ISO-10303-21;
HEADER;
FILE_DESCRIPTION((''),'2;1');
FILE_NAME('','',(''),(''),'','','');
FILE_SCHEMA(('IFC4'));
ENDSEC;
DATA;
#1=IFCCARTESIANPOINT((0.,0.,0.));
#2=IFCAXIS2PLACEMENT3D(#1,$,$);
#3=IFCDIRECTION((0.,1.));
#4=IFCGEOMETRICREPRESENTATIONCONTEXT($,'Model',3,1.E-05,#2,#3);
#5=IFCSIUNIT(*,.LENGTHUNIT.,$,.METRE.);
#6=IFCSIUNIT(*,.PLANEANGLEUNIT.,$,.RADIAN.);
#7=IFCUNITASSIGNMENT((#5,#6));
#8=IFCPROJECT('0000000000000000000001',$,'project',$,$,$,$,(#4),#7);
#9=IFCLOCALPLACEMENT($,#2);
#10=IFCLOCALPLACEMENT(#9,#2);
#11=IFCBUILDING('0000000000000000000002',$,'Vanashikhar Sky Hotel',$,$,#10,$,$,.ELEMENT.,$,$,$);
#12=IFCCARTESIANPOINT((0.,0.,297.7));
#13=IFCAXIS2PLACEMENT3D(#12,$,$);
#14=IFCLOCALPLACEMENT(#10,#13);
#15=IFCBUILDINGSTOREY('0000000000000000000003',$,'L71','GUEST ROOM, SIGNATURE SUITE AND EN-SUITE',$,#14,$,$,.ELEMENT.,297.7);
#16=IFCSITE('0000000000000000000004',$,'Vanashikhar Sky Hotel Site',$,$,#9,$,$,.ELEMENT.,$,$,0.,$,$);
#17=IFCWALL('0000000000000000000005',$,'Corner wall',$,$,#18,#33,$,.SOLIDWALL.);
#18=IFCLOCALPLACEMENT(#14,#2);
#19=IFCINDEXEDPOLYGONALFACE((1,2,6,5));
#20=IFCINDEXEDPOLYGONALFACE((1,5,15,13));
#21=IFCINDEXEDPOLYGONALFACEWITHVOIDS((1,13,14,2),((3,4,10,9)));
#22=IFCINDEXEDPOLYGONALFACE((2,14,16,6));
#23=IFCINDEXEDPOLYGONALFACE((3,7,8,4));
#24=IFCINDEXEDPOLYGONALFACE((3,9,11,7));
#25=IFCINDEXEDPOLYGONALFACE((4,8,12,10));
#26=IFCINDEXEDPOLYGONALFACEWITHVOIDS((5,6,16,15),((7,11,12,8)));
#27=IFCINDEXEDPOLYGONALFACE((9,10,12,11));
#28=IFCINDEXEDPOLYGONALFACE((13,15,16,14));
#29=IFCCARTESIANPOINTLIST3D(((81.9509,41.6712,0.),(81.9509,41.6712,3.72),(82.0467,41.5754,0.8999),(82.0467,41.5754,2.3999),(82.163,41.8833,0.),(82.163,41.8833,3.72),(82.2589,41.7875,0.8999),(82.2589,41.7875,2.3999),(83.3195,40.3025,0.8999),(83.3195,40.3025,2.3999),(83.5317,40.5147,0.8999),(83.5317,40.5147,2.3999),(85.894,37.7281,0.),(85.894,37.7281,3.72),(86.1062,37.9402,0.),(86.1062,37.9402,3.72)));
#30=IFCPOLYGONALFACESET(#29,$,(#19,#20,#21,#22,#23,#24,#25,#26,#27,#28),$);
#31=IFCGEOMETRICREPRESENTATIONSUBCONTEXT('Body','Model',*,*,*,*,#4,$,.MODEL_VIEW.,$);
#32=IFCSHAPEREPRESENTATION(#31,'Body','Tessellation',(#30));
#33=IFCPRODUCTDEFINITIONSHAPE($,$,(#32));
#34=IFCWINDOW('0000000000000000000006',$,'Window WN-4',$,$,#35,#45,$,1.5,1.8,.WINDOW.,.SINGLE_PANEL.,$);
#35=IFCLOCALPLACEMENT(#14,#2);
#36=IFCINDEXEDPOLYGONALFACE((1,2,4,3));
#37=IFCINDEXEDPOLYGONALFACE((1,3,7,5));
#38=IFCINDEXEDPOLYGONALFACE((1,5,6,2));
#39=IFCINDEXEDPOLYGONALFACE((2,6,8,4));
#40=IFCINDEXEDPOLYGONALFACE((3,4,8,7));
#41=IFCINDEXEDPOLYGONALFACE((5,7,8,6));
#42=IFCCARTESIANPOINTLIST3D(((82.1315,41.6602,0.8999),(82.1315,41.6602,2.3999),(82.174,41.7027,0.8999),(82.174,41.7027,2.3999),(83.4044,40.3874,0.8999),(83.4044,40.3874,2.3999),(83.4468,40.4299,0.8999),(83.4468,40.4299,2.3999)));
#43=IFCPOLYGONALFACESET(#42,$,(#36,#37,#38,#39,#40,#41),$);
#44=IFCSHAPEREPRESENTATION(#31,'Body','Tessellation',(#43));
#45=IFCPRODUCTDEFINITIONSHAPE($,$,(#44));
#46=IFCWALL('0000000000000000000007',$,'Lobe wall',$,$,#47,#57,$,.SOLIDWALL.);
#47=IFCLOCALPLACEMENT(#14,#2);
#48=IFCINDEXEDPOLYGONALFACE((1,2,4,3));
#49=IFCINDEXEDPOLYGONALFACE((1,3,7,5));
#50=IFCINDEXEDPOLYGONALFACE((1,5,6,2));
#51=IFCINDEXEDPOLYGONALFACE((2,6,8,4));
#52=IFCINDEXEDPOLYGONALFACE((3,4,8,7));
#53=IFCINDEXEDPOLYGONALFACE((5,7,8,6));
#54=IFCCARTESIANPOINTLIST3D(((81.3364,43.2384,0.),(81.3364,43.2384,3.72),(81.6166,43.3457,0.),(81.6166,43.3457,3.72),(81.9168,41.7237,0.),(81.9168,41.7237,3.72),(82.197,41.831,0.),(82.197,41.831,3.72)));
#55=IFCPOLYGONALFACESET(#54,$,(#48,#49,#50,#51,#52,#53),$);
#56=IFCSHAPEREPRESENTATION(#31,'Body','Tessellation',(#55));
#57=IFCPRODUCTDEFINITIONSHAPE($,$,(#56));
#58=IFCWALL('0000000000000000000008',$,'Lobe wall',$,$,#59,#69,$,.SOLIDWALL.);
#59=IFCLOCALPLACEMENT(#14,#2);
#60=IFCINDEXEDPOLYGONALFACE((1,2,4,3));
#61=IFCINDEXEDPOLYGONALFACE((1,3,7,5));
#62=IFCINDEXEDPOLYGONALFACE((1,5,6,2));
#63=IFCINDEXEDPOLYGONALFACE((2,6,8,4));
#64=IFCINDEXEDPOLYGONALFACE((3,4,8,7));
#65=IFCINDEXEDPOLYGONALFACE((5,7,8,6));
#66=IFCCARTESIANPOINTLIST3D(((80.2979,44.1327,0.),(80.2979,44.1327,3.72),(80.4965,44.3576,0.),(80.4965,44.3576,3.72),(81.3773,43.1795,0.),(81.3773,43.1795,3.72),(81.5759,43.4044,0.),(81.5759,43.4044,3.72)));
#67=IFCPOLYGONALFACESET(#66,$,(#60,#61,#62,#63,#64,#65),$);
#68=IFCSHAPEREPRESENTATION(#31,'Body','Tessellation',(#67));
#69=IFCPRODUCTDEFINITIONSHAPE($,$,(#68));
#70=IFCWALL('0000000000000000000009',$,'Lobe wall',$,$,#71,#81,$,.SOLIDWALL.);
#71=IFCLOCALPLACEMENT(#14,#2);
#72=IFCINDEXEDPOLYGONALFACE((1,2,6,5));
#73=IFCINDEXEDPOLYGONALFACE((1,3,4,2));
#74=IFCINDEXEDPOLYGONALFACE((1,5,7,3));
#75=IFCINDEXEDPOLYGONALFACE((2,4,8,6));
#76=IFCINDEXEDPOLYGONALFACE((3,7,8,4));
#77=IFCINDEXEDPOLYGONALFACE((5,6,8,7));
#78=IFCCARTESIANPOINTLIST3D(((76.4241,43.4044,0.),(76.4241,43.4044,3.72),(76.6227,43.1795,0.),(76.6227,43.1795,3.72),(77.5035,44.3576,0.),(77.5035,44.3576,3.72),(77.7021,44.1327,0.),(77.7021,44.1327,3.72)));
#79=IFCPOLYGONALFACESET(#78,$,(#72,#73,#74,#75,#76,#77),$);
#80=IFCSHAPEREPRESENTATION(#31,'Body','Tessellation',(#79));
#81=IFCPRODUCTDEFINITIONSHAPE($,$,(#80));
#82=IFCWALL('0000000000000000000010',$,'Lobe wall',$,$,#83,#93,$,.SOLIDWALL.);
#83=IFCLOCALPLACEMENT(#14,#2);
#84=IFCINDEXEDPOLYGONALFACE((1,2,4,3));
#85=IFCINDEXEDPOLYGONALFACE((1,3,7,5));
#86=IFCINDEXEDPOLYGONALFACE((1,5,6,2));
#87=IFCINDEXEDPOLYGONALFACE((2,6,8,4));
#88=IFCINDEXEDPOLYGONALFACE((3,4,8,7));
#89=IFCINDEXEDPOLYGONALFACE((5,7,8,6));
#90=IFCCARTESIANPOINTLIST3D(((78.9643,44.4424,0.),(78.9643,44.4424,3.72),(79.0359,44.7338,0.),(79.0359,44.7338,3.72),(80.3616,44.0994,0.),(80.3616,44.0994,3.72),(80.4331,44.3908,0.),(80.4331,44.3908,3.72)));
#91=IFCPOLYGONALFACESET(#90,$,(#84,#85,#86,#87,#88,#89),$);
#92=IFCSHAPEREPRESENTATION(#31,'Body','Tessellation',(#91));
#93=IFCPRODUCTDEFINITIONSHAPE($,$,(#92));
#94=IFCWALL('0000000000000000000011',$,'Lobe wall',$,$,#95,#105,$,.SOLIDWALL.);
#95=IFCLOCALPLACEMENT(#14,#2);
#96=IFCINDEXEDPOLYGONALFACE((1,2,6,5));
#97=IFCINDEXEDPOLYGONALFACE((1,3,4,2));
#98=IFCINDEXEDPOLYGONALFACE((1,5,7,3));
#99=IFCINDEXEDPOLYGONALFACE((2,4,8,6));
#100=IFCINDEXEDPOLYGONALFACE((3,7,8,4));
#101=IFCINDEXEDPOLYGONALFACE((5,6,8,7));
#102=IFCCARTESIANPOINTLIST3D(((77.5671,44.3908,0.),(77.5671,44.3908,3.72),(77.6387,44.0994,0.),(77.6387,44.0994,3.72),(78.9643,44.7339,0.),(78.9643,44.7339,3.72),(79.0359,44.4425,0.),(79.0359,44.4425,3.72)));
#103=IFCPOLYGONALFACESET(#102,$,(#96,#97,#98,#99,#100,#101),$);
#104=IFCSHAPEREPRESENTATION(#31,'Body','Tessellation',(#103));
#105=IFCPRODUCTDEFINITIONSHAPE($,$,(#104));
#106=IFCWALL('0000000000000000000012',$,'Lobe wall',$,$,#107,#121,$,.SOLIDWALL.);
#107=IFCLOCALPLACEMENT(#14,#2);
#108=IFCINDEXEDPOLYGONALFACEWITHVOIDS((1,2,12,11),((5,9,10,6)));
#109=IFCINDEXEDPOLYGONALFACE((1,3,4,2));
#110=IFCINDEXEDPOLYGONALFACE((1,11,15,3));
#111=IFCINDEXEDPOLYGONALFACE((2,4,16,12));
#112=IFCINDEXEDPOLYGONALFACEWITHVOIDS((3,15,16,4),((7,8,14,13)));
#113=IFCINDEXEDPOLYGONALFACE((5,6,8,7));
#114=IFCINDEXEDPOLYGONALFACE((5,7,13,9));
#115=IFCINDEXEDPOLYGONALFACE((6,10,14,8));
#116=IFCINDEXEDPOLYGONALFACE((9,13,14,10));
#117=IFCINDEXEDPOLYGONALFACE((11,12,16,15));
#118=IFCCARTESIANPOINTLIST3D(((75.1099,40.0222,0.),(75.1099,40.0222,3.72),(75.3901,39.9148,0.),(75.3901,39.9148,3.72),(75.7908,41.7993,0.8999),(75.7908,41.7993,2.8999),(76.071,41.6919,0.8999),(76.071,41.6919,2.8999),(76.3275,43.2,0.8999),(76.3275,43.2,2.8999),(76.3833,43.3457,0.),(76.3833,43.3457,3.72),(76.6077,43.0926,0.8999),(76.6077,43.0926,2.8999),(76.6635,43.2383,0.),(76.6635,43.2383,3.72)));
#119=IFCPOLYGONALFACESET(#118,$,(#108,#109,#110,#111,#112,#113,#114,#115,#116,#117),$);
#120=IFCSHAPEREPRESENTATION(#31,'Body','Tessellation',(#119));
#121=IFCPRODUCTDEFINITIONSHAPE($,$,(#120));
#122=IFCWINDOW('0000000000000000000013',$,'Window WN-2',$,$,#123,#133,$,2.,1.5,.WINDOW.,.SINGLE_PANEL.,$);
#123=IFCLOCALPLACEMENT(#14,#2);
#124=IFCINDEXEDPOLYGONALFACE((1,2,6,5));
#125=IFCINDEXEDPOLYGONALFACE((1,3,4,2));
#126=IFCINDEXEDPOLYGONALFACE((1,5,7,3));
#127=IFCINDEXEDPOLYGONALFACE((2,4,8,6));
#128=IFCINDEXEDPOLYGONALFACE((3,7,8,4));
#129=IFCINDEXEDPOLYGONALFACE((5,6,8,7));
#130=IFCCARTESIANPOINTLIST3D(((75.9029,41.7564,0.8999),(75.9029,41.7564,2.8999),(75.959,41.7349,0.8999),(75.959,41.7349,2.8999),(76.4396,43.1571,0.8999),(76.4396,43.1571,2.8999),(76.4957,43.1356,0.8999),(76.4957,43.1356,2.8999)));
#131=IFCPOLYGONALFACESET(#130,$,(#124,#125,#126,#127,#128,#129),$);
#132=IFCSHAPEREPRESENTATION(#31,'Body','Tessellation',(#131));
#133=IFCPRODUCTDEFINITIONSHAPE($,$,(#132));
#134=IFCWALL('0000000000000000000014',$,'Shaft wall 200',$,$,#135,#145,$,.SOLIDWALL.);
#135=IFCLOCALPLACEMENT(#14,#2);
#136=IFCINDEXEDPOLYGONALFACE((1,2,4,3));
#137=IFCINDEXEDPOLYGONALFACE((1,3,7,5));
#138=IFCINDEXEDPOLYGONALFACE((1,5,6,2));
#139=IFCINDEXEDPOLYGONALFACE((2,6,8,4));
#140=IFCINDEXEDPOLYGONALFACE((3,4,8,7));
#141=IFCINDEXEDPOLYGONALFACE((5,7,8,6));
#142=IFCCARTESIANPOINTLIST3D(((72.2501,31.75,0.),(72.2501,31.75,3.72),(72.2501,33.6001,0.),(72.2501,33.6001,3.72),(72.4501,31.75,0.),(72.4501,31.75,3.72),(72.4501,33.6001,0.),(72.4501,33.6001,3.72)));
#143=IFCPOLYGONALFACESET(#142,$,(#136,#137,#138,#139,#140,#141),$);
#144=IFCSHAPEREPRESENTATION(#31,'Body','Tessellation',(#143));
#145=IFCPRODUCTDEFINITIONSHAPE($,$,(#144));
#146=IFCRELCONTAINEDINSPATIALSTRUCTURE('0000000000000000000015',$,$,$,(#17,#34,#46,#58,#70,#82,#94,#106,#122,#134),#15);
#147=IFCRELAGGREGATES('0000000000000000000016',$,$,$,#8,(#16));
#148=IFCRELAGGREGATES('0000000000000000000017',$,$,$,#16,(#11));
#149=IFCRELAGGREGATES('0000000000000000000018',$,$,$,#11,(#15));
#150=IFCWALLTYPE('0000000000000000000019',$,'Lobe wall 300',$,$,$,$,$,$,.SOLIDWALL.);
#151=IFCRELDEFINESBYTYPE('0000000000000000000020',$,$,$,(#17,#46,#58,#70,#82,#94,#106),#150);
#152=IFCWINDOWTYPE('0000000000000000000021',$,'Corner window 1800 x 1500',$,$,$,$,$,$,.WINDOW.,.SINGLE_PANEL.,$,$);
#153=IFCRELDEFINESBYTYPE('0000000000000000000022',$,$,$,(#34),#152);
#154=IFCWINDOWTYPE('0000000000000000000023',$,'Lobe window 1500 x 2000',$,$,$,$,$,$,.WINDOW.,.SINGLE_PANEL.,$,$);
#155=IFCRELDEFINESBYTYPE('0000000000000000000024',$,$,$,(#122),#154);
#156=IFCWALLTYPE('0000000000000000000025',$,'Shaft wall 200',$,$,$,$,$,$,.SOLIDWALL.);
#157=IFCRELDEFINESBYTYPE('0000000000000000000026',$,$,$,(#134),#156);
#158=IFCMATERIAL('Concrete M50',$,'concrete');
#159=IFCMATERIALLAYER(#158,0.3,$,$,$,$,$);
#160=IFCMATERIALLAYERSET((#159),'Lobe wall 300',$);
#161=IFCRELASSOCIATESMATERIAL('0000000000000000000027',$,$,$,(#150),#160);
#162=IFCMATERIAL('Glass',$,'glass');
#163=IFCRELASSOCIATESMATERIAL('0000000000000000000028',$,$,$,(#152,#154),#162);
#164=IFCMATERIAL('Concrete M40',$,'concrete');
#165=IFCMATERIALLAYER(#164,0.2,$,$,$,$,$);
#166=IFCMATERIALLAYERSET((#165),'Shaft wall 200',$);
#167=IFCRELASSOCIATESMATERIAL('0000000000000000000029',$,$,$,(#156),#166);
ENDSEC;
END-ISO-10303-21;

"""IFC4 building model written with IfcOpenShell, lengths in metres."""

from ifc_helpers import new_model, si_unit, direction, frame, frame_2d, origin, place, context, subcontext, project, spatial, rectangle, extrude, source, transform, mapped, material, layer, layer_set, type_object, element, fill, save


model = new_model("IFC4")

# Units and contexts
model_context = context("Model", 3, precision=1e-05, world=origin(), true_north=direction((0.0, 1.0)))
body_context = subcontext(model_context, "Body", "Model", "MODEL_VIEW")
ifc_project = project(units=[si_unit("LENGTHUNIT", "METRE"), si_unit("PLANEANGLEUNIT", "RADIAN")], contexts=[model_context])

# Site, building, storey
site_placement = place(None, origin())
site = spatial("IfcSite", under=ifc_project, at=site_placement, Name="Vanashikhar Sky Hotel Site", CompositionType="ELEMENT", RefElevation=0.0)
building_placement = place(site_placement, origin())
building = spatial("IfcBuilding", under=site, at=building_placement, Name="Vanashikhar Sky Hotel", CompositionType="ELEMENT")
storey_placement = place(building_placement, frame((0.0, 0.0, 297.7)))
storey = spatial("IfcBuildingStorey", under=building, at=storey_placement, Name="L71", Description="GUEST ROOM, SIGNATURE SUITE AND EN-SUITE", CompositionType="ELEMENT", Elevation=297.7)

# Wall, opening, window
ifc_material_1 = material(Name="Concrete M50", Category="concrete")
ifc_layer_1 = layer(ifc_material_1, 0.3)
ifc_layer_set_1 = layer_set([ifc_layer_1], Name="Lobe wall 300")
wall_type_1 = type_object("IfcWallType", Name="Lobe wall 300", PredefinedType="SOLIDWALL", material=ifc_layer_set_1)
shared_shape_1 = source(origin(), body_context, "Body", "SweptSolid", [
    extrude(rectangle(XDim=5.5764, YDim=0.3, at=frame_2d((2.7881, 0.0))), origin(), (0.0, 0.0, 1.0), 3.72),
])
wall_1_placement = place(storey_placement, frame((86.0, 37.8342, 0.0), z_axis=(0.0, 0.0, 1.0), x_axis=(-0.707107, 0.707107, 0.0)))
wall_1 = element("IfcWall", 1, at=wall_1_placement, inside=storey, type_object=wall_type_1, Name="Corner wall", PredefinedType="SOLIDWALL", context=body_context, shape_type="MappedRepresentation", body=[
    mapped(shared_shape_1, transform((0.0, 0.0, 0.0), scale=1.0)),
])
shared_shape_2 = source(origin(), body_context, "Body", "SweptSolid", [
    extrude(rectangle(XDim=1.8, YDim=1.5, at=frame_2d((0.8999, 0.75))), frame((0.0, 0.1602, 0.0), z_axis=(0.0, -1.0, 0.0), x_axis=(1.0, 0.0, 0.0)), (0.0, 0.0, 1.0), 0.3201),
])
opening_1_placement = place(wall_1_placement, frame((3.6409, 0.0, 0.8999)))
opening_1 = element("IfcOpeningElement", 2, at=opening_1_placement, cuts=wall_1, PredefinedType="OPENING", context=body_context, shape_type="MappedRepresentation", body=[
    mapped(shared_shape_2, transform((0.0, 0.0, 0.0), scale=1.0)),
])
ifc_material_2 = material(Name="Glass", Category="glass")
window_type_1 = type_object("IfcWindowType", Name="Corner window 1800 x 1500", PartitioningType="SINGLE_PANEL", PredefinedType="WINDOW", material=ifc_material_2)
shared_shape_3 = source(origin(), body_context, "Body", "SweptSolid", [
    extrude(rectangle(XDim=1.8, YDim=1.5, at=frame_2d((0.8999, 0.75))), frame((0.0, 0.03, 0.0), z_axis=(0.0, -1.0, 0.0), x_axis=(1.0, 0.0, 0.0)), (0.0, 0.0, 1.0), 0.0601),
])
window_1_placement = place(opening_1_placement, origin())
window_1 = element("IfcWindow", 3, at=window_1_placement, inside=storey, type_object=window_type_1, Name="Window WN-4", OverallHeight=1.5, OverallWidth=1.8, PartitioningType="SINGLE_PANEL", PredefinedType="WINDOW", context=body_context, shape_type="MappedRepresentation", body=[
    mapped(shared_shape_3, transform((0.0, 0.0, 0.0), scale=1.0)),
])
fill(opening_1, window_1)

# Walls
shared_shape_4 = source(origin(), body_context, "Body", "SweptSolid", [
    extrude(rectangle(XDim=1.6221, YDim=0.3, at=frame_2d((0.811, 0.0))), origin(), (0.0, 0.0, 1.0), 3.72),
])
wall_2_placement = place(storey_placement, frame((82.0569, 41.7773, 0.0), z_axis=(0.0, 0.0, 1.0), x_axis=(-0.357779, 0.933806, 0.0)))
element("IfcWall", 4, at=wall_2_placement, inside=storey, type_object=wall_type_1, Name="Lobe wall", PredefinedType="SOLIDWALL", context=body_context, shape_type="MappedRepresentation", body=[
    mapped(shared_shape_4, transform((0.0, 0.0, 0.0), scale=1.0)),
])
shared_shape_5 = source(origin(), body_context, "Body", "SweptSolid", [
    extrude(rectangle(XDim=1.4399, YDim=0.3, at=frame_2d((0.72, 0.0))), origin(), (0.0, 0.0, 1.0), 3.72),
])
for number, where, z_axis, x_axis, name in (
    (5, (81.4766, 43.292, 0.0), (0.0, 0.0, 1.0), (-0.749576, 0.661919, 0.0), "Lobe wall"),
    (6, (77.6028, 44.2451, 0.0), (0.0, 0.0, 1.0), (-0.749576, -0.661919, 0.0), "Lobe wall"),
):
    element("IfcWall", number, at=place(storey_placement, frame(where, z_axis=z_axis, x_axis=x_axis)), inside=storey, type_object=wall_type_1, Name=name, PredefinedType="SOLIDWALL", context=body_context, shape_type="MappedRepresentation", body=[
        mapped(shared_shape_5, transform((0.0, 0.0, 0.0), scale=1.0)),
    ])
shared_shape_6 = source(origin(), body_context, "Body", "SweptSolid", [
    extrude(rectangle(XDim=1.4387, YDim=0.3, at=frame_2d((0.7192, 0.0))), origin(), (0.0, 0.0, 1.0), 3.72),
])
for number, where, z_axis, x_axis, name in (
    (7, (80.3972, 44.2451, 0.0), (0.0, 0.0, 1.0), (-0.971162, 0.238421, 0.0), "Lobe wall"),
    (8, (79.0, 44.5881, 0.0), (0.0, 0.0, 1.0), (-0.971162, -0.238421, 0.0), "Lobe wall"),
):
    element("IfcWall", number, at=place(storey_placement, frame(where, z_axis=z_axis, x_axis=x_axis)), inside=storey, type_object=wall_type_1, Name=name, PredefinedType="SOLIDWALL", context=body_context, shape_type="MappedRepresentation", body=[
        mapped(shared_shape_6, transform((0.0, 0.0, 0.0), scale=1.0)),
    ])

# Wall, opening, window
shared_shape_7 = source(origin(), body_context, "Body", "SweptSolid", [
    extrude(rectangle(XDim=3.5591, YDim=0.3, at=frame_2d((1.7795, 0.0))), origin(), (0.0, 0.0, 1.0), 3.72),
])
wall_3_placement = place(storey_placement, frame((76.5234, 43.292, 0.0), z_axis=(0.0, 0.0, 1.0), x_axis=(-0.357797, -0.933799, 0.0)))
wall_3 = element("IfcWall", 9, at=wall_3_placement, inside=storey, type_object=wall_type_1, Name="Lobe wall", PredefinedType="SOLIDWALL", context=body_context, shape_type="MappedRepresentation", body=[
    mapped(shared_shape_7, transform((0.0, 0.0, 0.0), scale=1.0)),
])
shared_shape_8 = source(origin(), body_context, "Body", "SweptSolid", [
    extrude(rectangle(XDim=1.5, YDim=2.0, at=frame_2d((0.75, 1.0))), frame((0.0, 0.1602, 0.0), z_axis=(0.0, -1.0, 0.0), x_axis=(1.0, 0.0, 0.0)), (0.0, 0.0, 1.0), 0.3201),
])
opening_2_placement = place(wall_3_placement, frame((0.156, 0.0, 0.8999)))
opening_2 = element("IfcOpeningElement", 10, at=opening_2_placement, cuts=wall_3, PredefinedType="OPENING", context=body_context, shape_type="MappedRepresentation", body=[
    mapped(shared_shape_8, transform((0.0, 0.0, 0.0), scale=1.0)),
])
window_type_2 = type_object("IfcWindowType", Name="Lobe window 1500 x 2000", PartitioningType="SINGLE_PANEL", PredefinedType="WINDOW", material=ifc_material_2)
shared_shape_9 = source(origin(), body_context, "Body", "SweptSolid", [
    extrude(rectangle(XDim=1.5, YDim=2.0, at=frame_2d((0.75, 1.0))), frame((0.0, 0.03, 0.0), z_axis=(0.0, -1.0, 0.0), x_axis=(1.0, 0.0, 0.0)), (0.0, 0.0, 1.0), 0.0601),
])
window_2_placement = place(opening_2_placement, origin())
window_2 = element("IfcWindow", 11, at=window_2_placement, inside=storey, type_object=window_type_2, Name="Window WN-2", OverallHeight=2.0, OverallWidth=1.5, PartitioningType="SINGLE_PANEL", PredefinedType="WINDOW", context=body_context, shape_type="MappedRepresentation", body=[
    mapped(shared_shape_9, transform((0.0, 0.0, 0.0), scale=1.0)),
])
fill(opening_2, window_2)

# Wall
ifc_material_3 = material(Name="Concrete M40", Category="concrete")
ifc_layer_2 = layer(ifc_material_3, 0.2)
ifc_layer_set_2 = layer_set([ifc_layer_2], Name="Shaft wall 200")
wall_type_2 = type_object("IfcWallType", Name="Shaft wall 200", PredefinedType="SOLIDWALL", material=ifc_layer_set_2)
shared_shape_10 = source(origin(), body_context, "Body", "SweptSolid", [
    extrude(rectangle(XDim=1.8501, YDim=0.2, at=frame_2d((0.925, 0.0))), origin(), (0.0, 0.0, 1.0), 3.72),
])
wall_4_placement = place(storey_placement, frame((72.3501, 31.75, 0.0), z_axis=(0.0, 0.0, 1.0), x_axis=(0.0, 1.0, 0.0)))
element("IfcWall", 12, at=wall_4_placement, inside=storey, type_object=wall_type_2, Name="Shaft wall 200", PredefinedType="SOLIDWALL", context=body_context, shape_type="MappedRepresentation", body=[
    mapped(shared_shape_10, transform((0.0, 0.0, 0.0), scale=1.0)),
])

save(model, "model.ifc")
